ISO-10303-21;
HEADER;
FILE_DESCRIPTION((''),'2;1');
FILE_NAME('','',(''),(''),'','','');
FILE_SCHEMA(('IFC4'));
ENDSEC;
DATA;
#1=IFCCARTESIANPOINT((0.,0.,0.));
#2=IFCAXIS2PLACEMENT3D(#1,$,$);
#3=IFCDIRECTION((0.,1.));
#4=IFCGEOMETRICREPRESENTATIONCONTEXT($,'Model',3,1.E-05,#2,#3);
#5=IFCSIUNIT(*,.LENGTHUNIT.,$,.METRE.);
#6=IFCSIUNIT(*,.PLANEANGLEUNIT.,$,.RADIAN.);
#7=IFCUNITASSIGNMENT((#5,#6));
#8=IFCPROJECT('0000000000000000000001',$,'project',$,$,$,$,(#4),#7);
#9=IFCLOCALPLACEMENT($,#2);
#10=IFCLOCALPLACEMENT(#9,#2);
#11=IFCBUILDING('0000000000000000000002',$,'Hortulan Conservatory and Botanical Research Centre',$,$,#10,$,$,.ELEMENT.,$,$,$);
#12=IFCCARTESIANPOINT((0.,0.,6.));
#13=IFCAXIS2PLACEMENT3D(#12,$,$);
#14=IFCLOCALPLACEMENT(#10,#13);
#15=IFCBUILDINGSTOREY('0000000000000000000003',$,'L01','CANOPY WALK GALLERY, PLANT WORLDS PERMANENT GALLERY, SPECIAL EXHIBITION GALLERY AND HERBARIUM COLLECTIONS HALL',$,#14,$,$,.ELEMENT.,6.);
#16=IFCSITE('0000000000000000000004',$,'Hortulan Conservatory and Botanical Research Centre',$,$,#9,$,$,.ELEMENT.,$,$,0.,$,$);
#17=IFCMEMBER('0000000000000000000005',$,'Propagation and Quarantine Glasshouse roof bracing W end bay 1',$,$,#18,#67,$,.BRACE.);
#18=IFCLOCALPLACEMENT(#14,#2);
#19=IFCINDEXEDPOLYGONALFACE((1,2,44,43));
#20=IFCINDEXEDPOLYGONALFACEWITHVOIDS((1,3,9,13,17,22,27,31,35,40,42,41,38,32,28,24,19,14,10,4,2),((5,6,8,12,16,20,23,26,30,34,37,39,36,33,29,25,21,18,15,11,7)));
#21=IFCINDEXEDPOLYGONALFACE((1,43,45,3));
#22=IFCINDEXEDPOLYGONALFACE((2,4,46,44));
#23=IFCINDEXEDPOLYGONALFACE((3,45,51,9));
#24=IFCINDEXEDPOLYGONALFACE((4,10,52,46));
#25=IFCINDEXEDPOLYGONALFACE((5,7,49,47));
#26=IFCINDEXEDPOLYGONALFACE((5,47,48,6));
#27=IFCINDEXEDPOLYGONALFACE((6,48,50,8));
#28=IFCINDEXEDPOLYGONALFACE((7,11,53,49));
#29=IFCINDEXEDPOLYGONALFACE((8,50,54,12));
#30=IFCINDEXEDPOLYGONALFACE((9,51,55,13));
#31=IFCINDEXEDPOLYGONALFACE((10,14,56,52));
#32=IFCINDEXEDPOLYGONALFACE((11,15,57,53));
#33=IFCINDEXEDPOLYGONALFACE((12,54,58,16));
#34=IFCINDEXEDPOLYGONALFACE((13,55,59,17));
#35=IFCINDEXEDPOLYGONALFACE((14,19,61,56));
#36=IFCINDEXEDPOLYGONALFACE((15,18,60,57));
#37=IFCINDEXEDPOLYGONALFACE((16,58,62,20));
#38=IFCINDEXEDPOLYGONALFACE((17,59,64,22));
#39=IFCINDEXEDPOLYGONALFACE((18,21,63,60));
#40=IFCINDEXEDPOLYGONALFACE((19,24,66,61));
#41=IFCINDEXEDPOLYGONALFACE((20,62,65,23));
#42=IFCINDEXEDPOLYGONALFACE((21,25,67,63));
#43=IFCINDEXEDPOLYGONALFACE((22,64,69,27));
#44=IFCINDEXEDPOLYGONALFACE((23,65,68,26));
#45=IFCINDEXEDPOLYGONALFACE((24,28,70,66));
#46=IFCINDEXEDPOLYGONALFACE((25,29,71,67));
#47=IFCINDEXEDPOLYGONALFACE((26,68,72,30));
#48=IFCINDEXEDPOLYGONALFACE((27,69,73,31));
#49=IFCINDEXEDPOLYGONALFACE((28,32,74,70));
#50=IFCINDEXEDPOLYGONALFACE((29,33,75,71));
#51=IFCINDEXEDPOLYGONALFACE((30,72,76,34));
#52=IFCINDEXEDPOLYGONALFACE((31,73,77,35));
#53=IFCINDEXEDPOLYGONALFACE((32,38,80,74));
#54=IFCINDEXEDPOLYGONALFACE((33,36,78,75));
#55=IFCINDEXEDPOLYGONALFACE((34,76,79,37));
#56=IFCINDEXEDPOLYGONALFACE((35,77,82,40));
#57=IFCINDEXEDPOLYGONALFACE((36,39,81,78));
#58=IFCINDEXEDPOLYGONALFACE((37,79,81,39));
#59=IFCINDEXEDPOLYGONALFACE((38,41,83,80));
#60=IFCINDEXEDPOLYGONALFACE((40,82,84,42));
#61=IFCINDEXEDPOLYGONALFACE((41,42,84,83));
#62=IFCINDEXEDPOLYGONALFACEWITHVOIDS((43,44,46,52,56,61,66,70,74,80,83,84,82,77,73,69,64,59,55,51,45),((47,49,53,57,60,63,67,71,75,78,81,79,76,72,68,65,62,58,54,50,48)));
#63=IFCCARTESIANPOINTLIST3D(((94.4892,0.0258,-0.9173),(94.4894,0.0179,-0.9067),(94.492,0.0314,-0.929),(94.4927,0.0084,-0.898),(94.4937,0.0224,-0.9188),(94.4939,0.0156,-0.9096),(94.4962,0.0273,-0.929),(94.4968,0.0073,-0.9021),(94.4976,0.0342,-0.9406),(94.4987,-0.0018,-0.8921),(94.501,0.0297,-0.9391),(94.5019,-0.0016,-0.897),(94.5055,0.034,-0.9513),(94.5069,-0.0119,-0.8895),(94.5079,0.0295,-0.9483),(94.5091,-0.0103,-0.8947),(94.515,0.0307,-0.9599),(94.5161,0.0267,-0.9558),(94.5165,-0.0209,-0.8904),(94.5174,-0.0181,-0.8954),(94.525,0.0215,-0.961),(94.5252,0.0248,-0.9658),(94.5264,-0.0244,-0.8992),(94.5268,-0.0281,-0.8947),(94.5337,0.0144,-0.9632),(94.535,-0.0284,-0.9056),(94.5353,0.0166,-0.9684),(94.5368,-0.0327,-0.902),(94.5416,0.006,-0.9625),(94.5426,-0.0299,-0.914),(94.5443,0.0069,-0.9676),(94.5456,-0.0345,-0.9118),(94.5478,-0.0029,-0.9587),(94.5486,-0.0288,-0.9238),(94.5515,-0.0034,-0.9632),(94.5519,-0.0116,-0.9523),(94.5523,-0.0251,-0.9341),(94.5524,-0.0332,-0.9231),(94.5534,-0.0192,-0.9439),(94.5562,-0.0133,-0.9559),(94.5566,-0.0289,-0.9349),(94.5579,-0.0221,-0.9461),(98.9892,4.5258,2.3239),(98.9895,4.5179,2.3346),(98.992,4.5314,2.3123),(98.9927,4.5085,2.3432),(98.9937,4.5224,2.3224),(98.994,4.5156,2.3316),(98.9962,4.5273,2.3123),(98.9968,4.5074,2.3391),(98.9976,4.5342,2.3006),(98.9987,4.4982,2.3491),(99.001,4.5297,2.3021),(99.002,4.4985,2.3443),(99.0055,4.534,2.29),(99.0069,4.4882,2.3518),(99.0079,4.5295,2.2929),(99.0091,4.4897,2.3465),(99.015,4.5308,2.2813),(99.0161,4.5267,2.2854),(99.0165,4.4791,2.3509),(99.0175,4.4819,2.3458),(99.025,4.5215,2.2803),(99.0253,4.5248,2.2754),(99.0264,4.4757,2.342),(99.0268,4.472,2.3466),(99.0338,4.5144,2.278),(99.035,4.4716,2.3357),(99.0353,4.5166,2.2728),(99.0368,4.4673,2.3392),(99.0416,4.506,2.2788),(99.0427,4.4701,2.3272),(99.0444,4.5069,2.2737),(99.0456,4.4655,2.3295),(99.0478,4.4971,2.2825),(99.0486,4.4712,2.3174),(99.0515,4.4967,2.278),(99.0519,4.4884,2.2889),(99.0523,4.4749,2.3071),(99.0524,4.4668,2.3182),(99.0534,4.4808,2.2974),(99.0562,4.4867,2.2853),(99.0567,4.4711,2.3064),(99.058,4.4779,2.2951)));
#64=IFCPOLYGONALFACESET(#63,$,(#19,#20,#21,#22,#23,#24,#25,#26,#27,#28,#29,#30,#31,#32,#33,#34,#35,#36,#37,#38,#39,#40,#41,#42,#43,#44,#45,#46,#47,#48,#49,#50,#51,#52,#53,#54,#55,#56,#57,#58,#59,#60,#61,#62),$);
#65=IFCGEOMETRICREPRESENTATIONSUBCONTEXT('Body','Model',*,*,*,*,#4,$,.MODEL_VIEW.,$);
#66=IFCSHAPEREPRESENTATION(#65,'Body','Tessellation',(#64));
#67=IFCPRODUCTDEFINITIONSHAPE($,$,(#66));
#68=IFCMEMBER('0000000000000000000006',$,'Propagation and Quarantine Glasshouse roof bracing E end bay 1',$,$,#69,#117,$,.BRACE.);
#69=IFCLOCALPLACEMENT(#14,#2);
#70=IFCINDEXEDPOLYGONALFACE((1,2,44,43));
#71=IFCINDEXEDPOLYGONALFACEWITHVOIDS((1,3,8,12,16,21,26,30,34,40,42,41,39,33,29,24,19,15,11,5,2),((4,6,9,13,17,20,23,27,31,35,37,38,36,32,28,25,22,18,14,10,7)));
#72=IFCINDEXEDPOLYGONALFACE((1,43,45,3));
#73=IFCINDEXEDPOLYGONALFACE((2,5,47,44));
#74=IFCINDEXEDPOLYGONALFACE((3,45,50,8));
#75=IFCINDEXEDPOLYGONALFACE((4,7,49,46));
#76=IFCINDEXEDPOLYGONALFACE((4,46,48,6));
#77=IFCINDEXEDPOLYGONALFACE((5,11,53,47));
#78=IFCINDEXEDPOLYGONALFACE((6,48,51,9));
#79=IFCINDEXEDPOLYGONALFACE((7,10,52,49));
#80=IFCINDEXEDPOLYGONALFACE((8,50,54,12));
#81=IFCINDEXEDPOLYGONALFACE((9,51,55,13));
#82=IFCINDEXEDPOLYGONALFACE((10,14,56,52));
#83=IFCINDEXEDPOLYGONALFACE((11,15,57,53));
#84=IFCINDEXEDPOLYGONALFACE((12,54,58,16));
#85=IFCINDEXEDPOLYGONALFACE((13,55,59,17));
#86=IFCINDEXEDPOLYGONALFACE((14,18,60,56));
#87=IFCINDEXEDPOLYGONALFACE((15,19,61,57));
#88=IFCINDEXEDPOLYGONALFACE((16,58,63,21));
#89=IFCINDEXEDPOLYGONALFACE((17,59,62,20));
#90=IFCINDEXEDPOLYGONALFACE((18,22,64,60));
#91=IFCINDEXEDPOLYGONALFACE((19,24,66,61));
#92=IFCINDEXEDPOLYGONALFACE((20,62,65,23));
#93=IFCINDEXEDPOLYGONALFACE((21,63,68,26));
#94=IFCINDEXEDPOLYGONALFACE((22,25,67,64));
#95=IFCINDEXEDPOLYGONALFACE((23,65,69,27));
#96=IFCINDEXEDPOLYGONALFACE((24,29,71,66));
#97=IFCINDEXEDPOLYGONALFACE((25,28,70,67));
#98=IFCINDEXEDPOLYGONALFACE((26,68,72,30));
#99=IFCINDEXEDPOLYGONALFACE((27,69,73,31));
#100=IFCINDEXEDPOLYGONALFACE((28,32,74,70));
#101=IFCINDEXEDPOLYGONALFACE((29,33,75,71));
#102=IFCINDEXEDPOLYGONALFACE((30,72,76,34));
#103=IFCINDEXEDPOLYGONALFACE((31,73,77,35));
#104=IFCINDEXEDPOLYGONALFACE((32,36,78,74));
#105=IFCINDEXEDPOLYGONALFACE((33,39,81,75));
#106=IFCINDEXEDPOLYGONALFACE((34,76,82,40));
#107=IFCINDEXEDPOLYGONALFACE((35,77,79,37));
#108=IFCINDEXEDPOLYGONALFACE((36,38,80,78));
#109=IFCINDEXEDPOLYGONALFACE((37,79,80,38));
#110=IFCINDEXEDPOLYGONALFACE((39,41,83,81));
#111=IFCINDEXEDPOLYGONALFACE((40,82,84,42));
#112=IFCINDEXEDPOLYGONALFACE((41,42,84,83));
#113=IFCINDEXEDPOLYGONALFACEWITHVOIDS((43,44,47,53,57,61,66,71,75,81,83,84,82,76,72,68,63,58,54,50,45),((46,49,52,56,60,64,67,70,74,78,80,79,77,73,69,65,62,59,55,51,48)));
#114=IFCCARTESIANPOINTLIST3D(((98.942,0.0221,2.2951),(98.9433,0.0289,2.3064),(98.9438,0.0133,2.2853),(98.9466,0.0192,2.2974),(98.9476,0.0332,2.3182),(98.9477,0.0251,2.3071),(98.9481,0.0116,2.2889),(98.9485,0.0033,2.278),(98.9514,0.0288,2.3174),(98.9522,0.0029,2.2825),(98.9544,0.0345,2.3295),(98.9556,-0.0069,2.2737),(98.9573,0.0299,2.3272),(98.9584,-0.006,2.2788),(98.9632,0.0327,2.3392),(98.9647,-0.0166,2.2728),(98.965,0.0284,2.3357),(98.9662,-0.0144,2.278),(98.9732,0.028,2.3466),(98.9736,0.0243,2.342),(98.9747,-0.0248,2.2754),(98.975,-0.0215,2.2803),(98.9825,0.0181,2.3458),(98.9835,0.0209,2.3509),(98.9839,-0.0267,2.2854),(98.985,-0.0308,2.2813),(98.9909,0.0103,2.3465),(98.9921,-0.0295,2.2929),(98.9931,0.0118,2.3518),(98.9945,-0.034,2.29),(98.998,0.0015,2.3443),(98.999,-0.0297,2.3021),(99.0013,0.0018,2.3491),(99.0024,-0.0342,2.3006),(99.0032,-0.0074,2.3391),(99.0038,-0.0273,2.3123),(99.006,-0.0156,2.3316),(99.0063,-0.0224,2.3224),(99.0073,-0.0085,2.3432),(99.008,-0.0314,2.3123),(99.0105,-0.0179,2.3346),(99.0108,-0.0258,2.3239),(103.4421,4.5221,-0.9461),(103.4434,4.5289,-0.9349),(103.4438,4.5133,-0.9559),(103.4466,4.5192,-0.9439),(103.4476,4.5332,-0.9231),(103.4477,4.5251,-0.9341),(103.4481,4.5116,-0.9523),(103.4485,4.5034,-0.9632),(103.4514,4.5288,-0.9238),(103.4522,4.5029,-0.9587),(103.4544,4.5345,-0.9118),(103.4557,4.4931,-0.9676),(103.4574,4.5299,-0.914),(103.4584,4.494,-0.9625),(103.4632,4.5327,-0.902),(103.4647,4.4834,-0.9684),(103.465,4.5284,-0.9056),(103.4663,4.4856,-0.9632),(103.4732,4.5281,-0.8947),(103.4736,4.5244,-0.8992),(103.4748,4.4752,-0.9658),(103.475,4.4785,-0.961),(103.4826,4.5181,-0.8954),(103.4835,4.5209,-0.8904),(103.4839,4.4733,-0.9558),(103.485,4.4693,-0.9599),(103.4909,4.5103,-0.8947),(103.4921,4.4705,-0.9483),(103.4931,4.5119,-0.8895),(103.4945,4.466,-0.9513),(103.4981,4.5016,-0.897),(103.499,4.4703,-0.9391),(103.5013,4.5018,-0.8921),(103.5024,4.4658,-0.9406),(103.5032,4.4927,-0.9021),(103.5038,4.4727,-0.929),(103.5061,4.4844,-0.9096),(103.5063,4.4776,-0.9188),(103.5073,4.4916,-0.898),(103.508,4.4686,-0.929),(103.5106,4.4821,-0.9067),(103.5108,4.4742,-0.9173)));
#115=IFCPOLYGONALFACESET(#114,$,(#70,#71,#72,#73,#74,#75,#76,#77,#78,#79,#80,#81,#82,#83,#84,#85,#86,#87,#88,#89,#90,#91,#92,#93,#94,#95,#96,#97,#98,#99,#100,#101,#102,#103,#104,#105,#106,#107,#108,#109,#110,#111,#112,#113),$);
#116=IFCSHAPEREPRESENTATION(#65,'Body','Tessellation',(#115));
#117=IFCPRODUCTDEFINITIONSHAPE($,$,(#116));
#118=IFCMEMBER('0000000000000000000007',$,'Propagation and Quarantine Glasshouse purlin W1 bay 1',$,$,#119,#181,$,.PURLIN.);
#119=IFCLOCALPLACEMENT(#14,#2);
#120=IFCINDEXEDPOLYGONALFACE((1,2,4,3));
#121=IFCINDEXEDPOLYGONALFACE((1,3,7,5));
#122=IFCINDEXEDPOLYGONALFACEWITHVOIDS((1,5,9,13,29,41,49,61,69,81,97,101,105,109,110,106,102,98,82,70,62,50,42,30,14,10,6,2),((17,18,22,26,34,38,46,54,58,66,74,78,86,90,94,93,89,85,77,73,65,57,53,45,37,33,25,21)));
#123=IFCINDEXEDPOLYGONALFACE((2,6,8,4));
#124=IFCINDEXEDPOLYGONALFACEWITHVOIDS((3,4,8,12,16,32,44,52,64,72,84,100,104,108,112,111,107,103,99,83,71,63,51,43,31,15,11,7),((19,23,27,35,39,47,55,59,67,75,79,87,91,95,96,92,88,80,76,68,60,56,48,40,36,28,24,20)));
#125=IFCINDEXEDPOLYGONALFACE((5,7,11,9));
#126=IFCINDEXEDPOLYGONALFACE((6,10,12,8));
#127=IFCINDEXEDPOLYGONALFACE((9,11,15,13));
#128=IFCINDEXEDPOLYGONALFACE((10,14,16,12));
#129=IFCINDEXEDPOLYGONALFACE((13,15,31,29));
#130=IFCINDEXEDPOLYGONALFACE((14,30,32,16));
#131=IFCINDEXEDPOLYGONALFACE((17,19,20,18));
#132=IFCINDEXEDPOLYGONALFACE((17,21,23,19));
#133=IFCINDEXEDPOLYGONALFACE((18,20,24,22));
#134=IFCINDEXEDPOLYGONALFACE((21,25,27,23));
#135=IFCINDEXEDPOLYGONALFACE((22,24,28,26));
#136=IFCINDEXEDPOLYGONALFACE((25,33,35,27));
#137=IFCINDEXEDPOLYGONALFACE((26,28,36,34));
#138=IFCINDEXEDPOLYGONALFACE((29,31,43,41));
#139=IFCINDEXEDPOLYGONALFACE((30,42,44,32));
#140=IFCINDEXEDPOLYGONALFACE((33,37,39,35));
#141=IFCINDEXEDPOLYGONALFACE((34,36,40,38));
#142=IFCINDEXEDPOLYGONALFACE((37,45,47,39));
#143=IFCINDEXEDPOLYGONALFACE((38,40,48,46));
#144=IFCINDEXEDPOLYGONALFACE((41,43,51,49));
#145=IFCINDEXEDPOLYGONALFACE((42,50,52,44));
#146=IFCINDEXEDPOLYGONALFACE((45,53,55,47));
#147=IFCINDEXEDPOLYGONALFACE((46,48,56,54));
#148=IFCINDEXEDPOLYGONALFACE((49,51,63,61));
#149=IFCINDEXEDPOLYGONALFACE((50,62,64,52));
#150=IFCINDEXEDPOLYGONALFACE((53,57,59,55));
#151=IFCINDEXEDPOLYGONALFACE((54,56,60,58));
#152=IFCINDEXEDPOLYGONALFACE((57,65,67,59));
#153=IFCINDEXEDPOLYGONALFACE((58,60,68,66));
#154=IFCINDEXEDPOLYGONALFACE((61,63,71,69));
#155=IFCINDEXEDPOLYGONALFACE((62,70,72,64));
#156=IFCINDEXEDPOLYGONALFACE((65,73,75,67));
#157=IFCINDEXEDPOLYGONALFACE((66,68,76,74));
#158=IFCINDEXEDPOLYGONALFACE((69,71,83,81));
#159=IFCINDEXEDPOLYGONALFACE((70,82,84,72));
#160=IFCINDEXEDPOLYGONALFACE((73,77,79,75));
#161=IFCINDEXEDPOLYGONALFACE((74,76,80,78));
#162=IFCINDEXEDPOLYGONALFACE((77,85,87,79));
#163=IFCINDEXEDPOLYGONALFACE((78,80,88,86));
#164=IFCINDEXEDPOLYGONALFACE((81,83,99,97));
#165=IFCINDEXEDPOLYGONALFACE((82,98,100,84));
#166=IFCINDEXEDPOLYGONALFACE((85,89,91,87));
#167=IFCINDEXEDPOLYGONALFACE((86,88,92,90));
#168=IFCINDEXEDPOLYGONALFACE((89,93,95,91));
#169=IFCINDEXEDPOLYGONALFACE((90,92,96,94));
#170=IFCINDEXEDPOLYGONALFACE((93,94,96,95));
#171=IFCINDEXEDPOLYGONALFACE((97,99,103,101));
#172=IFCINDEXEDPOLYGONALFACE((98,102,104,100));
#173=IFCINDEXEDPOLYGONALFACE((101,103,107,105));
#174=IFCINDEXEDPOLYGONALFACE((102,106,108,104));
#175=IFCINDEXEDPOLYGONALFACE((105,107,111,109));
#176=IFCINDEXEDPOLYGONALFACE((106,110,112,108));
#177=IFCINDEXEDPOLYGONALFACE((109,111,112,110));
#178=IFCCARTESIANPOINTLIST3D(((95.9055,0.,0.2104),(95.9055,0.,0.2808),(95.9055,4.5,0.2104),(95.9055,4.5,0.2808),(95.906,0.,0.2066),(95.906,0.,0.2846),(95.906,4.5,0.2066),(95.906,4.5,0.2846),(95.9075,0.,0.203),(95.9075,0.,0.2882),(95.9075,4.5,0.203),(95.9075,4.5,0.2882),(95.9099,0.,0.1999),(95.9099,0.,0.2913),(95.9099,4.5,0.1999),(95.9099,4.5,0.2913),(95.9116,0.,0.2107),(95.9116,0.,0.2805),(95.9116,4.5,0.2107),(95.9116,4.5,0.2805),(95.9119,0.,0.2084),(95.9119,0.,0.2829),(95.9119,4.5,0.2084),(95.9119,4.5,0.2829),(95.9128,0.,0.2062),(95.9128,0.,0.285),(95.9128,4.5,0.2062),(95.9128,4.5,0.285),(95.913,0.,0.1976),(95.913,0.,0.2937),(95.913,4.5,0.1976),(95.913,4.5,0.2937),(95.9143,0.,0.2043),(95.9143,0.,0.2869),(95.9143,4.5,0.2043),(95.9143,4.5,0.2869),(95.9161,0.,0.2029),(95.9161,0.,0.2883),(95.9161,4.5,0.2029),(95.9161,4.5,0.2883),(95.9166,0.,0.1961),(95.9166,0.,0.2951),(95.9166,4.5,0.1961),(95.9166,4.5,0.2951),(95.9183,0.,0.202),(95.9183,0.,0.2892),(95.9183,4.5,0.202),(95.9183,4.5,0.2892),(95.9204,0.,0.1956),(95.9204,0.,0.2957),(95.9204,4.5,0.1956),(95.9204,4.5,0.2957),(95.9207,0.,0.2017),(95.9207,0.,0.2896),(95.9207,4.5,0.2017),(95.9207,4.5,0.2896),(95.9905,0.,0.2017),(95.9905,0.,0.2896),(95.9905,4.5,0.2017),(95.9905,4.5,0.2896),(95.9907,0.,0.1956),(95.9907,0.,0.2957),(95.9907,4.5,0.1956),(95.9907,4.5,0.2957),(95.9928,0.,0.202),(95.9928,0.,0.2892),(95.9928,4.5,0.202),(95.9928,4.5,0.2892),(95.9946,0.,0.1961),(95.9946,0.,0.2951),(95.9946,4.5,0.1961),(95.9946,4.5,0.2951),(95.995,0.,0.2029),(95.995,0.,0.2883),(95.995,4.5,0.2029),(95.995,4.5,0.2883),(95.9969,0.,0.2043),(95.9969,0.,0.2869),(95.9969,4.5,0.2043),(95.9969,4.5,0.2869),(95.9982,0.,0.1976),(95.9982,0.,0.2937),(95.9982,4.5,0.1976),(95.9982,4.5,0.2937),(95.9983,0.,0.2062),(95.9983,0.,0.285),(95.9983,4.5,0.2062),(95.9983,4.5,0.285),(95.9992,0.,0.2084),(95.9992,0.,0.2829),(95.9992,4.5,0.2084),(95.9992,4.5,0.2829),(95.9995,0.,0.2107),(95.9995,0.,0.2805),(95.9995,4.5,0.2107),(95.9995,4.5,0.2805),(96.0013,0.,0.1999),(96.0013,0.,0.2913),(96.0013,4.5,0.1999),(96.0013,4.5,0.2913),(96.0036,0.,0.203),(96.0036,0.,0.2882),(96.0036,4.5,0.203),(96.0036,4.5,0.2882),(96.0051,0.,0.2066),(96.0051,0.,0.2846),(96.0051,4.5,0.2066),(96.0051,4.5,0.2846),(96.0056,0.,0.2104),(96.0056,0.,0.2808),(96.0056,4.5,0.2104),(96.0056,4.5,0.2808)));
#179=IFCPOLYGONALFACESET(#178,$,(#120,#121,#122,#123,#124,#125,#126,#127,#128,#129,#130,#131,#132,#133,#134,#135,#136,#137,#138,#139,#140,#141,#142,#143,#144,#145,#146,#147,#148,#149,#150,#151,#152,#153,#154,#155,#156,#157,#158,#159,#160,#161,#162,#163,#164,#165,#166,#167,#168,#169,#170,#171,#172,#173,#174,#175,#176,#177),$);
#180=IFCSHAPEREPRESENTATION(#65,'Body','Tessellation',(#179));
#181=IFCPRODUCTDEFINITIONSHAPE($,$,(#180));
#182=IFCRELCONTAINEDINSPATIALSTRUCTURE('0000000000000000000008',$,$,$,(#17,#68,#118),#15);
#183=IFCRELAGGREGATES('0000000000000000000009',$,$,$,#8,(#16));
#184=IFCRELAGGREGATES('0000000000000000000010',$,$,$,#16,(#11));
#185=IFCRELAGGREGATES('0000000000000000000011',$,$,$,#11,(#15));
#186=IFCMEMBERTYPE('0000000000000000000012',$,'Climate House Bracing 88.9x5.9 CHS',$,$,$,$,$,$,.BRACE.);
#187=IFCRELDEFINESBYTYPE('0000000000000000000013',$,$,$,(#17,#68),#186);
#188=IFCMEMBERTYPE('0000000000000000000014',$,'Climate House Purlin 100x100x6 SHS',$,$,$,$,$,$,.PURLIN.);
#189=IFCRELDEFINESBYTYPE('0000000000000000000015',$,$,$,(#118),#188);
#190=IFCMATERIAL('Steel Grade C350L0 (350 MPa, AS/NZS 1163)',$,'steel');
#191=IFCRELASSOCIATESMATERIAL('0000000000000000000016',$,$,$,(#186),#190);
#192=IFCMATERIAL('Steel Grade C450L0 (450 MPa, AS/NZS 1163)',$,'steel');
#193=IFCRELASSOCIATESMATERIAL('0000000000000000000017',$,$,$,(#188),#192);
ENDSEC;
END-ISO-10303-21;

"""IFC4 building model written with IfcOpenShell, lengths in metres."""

from ifc_helpers import new_model, si_unit, direction, frame, origin, origin_2d, place, context, subcontext, project, spatial, hollow_rectangle, hollow_circle, extrude, material, material_profile, profile_set, type_object, element, save


model = new_model("IFC4")

# Units and contexts
model_context = context("Model", 3, precision=1e-05, world=origin(), true_north=direction((0.0, 1.0)))
body_context = subcontext(model_context, "Body", "Model", "MODEL_VIEW")
ifc_project = project(units=[si_unit("LENGTHUNIT", "METRE"), si_unit("PLANEANGLEUNIT", "RADIAN")], contexts=[model_context])

# Site, building, storey
site_placement = place(None, origin())
site = spatial("IfcSite", under=ifc_project, at=site_placement, Name="Hortulan Conservatory and Botanical Research Centre", CompositionType="ELEMENT", RefElevation=0.0)
building_placement = place(site_placement, origin())
building = spatial("IfcBuilding", under=site, at=building_placement, Name="Hortulan Conservatory and Botanical Research Centre", CompositionType="ELEMENT")
storey_placement = place(building_placement, frame((0.0, 0.0, 6.0)))
storey = spatial("IfcBuildingStorey", under=building, at=storey_placement, Name="L01", Description="CANOPY WALK GALLERY, PLANT WORLDS PERMANENT GALLERY, SPECIAL EXHIBITION GALLERY AND HERBARIUM COLLECTIONS HALL", CompositionType="ELEMENT", Elevation=6.0)

# Members
ifc_material_1 = material(Name="Steel Grade C350L0 (350 MPa, AS/NZS 1163)", Category="steel")
ifc_material_profile_1 = material_profile(ifc_material_1, hollow_circle(Radius=0.0444, WallThickness=0.0059, at=origin_2d()), Name="88.9x5.9CHS")
ifc_profile_set_1 = profile_set([ifc_material_profile_1], Name="Steel Grade C350L0 (350 MPa, AS/NZS 1163)")
member_type_1 = type_object("IfcMemberType", Name="Climate House Bracing 88.9x5.9 CHS", PredefinedType="BRACE", material=ifc_profile_set_1)
for number, where, z_axis, x_axis, name in (
    (1, (94.5234, 0.0, -0.929), (0.630092, 0.630092, 0.453836), (-0.707107, 0.707107, 0.0), "Propagation and Quarantine Glasshouse roof bracing W end bay 1"),
    (2, (103.4766, 4.5, -0.929), (-0.630092, -0.630092, 0.453836), (0.707107, -0.707107, 0.0), "Propagation and Quarantine Glasshouse roof bracing E end bay 1"),
):
    element("IfcMember", number, at=place(storey_placement, frame(where, z_axis=z_axis, x_axis=x_axis)), inside=storey, type_object=member_type_1, Name=name, PredefinedType="BRACE", context=body_context, shape_type="SweptSolid", body=[
        extrude(hollow_circle(Radius=0.0444, WallThickness=0.0059, at=origin_2d()), origin(), (0.0, 0.0, 1.0), 7.1418),
    ])
ifc_material_2 = material(Name="Steel Grade C450L0 (450 MPa, AS/NZS 1163)", Category="steel")
ifc_material_profile_2 = material_profile(ifc_material_2, hollow_rectangle(XDim=0.1001, YDim=0.1001, WallThickness=0.0061, InnerFilletRadius=0.009, OuterFilletRadius=0.0149, at=origin_2d()), Name="100x100x6SHS")
ifc_profile_set_2 = profile_set([ifc_material_profile_2], Name="Steel Grade C450L0 (450 MPa, AS/NZS 1163)")
member_type_2 = type_object("IfcMemberType", Name="Climate House Purlin 100x100x6 SHS", PredefinedType="PURLIN", material=ifc_profile_set_2)
for number, where, z_axis, x_axis, name in (
    (3, (95.9556, 0.0, 0.2456), (0.0, 1.0, 0.0), (-1.0, 0.0, 0.0), "Propagation and Quarantine Glasshouse purlin W1 bay 1"),
):
    element("IfcMember", number, at=place(storey_placement, frame(where, z_axis=z_axis, x_axis=x_axis)), inside=storey, type_object=member_type_2, Name=name, PredefinedType="PURLIN", context=body_context, shape_type="SweptSolid", body=[
        extrude(hollow_rectangle(XDim=0.1001, YDim=0.1001, WallThickness=0.0061, InnerFilletRadius=0.009, OuterFilletRadius=0.0149, at=origin_2d()), origin(), (0.0, 0.0, 1.0), 4.5),
    ])

save(model, "model.ifc")
